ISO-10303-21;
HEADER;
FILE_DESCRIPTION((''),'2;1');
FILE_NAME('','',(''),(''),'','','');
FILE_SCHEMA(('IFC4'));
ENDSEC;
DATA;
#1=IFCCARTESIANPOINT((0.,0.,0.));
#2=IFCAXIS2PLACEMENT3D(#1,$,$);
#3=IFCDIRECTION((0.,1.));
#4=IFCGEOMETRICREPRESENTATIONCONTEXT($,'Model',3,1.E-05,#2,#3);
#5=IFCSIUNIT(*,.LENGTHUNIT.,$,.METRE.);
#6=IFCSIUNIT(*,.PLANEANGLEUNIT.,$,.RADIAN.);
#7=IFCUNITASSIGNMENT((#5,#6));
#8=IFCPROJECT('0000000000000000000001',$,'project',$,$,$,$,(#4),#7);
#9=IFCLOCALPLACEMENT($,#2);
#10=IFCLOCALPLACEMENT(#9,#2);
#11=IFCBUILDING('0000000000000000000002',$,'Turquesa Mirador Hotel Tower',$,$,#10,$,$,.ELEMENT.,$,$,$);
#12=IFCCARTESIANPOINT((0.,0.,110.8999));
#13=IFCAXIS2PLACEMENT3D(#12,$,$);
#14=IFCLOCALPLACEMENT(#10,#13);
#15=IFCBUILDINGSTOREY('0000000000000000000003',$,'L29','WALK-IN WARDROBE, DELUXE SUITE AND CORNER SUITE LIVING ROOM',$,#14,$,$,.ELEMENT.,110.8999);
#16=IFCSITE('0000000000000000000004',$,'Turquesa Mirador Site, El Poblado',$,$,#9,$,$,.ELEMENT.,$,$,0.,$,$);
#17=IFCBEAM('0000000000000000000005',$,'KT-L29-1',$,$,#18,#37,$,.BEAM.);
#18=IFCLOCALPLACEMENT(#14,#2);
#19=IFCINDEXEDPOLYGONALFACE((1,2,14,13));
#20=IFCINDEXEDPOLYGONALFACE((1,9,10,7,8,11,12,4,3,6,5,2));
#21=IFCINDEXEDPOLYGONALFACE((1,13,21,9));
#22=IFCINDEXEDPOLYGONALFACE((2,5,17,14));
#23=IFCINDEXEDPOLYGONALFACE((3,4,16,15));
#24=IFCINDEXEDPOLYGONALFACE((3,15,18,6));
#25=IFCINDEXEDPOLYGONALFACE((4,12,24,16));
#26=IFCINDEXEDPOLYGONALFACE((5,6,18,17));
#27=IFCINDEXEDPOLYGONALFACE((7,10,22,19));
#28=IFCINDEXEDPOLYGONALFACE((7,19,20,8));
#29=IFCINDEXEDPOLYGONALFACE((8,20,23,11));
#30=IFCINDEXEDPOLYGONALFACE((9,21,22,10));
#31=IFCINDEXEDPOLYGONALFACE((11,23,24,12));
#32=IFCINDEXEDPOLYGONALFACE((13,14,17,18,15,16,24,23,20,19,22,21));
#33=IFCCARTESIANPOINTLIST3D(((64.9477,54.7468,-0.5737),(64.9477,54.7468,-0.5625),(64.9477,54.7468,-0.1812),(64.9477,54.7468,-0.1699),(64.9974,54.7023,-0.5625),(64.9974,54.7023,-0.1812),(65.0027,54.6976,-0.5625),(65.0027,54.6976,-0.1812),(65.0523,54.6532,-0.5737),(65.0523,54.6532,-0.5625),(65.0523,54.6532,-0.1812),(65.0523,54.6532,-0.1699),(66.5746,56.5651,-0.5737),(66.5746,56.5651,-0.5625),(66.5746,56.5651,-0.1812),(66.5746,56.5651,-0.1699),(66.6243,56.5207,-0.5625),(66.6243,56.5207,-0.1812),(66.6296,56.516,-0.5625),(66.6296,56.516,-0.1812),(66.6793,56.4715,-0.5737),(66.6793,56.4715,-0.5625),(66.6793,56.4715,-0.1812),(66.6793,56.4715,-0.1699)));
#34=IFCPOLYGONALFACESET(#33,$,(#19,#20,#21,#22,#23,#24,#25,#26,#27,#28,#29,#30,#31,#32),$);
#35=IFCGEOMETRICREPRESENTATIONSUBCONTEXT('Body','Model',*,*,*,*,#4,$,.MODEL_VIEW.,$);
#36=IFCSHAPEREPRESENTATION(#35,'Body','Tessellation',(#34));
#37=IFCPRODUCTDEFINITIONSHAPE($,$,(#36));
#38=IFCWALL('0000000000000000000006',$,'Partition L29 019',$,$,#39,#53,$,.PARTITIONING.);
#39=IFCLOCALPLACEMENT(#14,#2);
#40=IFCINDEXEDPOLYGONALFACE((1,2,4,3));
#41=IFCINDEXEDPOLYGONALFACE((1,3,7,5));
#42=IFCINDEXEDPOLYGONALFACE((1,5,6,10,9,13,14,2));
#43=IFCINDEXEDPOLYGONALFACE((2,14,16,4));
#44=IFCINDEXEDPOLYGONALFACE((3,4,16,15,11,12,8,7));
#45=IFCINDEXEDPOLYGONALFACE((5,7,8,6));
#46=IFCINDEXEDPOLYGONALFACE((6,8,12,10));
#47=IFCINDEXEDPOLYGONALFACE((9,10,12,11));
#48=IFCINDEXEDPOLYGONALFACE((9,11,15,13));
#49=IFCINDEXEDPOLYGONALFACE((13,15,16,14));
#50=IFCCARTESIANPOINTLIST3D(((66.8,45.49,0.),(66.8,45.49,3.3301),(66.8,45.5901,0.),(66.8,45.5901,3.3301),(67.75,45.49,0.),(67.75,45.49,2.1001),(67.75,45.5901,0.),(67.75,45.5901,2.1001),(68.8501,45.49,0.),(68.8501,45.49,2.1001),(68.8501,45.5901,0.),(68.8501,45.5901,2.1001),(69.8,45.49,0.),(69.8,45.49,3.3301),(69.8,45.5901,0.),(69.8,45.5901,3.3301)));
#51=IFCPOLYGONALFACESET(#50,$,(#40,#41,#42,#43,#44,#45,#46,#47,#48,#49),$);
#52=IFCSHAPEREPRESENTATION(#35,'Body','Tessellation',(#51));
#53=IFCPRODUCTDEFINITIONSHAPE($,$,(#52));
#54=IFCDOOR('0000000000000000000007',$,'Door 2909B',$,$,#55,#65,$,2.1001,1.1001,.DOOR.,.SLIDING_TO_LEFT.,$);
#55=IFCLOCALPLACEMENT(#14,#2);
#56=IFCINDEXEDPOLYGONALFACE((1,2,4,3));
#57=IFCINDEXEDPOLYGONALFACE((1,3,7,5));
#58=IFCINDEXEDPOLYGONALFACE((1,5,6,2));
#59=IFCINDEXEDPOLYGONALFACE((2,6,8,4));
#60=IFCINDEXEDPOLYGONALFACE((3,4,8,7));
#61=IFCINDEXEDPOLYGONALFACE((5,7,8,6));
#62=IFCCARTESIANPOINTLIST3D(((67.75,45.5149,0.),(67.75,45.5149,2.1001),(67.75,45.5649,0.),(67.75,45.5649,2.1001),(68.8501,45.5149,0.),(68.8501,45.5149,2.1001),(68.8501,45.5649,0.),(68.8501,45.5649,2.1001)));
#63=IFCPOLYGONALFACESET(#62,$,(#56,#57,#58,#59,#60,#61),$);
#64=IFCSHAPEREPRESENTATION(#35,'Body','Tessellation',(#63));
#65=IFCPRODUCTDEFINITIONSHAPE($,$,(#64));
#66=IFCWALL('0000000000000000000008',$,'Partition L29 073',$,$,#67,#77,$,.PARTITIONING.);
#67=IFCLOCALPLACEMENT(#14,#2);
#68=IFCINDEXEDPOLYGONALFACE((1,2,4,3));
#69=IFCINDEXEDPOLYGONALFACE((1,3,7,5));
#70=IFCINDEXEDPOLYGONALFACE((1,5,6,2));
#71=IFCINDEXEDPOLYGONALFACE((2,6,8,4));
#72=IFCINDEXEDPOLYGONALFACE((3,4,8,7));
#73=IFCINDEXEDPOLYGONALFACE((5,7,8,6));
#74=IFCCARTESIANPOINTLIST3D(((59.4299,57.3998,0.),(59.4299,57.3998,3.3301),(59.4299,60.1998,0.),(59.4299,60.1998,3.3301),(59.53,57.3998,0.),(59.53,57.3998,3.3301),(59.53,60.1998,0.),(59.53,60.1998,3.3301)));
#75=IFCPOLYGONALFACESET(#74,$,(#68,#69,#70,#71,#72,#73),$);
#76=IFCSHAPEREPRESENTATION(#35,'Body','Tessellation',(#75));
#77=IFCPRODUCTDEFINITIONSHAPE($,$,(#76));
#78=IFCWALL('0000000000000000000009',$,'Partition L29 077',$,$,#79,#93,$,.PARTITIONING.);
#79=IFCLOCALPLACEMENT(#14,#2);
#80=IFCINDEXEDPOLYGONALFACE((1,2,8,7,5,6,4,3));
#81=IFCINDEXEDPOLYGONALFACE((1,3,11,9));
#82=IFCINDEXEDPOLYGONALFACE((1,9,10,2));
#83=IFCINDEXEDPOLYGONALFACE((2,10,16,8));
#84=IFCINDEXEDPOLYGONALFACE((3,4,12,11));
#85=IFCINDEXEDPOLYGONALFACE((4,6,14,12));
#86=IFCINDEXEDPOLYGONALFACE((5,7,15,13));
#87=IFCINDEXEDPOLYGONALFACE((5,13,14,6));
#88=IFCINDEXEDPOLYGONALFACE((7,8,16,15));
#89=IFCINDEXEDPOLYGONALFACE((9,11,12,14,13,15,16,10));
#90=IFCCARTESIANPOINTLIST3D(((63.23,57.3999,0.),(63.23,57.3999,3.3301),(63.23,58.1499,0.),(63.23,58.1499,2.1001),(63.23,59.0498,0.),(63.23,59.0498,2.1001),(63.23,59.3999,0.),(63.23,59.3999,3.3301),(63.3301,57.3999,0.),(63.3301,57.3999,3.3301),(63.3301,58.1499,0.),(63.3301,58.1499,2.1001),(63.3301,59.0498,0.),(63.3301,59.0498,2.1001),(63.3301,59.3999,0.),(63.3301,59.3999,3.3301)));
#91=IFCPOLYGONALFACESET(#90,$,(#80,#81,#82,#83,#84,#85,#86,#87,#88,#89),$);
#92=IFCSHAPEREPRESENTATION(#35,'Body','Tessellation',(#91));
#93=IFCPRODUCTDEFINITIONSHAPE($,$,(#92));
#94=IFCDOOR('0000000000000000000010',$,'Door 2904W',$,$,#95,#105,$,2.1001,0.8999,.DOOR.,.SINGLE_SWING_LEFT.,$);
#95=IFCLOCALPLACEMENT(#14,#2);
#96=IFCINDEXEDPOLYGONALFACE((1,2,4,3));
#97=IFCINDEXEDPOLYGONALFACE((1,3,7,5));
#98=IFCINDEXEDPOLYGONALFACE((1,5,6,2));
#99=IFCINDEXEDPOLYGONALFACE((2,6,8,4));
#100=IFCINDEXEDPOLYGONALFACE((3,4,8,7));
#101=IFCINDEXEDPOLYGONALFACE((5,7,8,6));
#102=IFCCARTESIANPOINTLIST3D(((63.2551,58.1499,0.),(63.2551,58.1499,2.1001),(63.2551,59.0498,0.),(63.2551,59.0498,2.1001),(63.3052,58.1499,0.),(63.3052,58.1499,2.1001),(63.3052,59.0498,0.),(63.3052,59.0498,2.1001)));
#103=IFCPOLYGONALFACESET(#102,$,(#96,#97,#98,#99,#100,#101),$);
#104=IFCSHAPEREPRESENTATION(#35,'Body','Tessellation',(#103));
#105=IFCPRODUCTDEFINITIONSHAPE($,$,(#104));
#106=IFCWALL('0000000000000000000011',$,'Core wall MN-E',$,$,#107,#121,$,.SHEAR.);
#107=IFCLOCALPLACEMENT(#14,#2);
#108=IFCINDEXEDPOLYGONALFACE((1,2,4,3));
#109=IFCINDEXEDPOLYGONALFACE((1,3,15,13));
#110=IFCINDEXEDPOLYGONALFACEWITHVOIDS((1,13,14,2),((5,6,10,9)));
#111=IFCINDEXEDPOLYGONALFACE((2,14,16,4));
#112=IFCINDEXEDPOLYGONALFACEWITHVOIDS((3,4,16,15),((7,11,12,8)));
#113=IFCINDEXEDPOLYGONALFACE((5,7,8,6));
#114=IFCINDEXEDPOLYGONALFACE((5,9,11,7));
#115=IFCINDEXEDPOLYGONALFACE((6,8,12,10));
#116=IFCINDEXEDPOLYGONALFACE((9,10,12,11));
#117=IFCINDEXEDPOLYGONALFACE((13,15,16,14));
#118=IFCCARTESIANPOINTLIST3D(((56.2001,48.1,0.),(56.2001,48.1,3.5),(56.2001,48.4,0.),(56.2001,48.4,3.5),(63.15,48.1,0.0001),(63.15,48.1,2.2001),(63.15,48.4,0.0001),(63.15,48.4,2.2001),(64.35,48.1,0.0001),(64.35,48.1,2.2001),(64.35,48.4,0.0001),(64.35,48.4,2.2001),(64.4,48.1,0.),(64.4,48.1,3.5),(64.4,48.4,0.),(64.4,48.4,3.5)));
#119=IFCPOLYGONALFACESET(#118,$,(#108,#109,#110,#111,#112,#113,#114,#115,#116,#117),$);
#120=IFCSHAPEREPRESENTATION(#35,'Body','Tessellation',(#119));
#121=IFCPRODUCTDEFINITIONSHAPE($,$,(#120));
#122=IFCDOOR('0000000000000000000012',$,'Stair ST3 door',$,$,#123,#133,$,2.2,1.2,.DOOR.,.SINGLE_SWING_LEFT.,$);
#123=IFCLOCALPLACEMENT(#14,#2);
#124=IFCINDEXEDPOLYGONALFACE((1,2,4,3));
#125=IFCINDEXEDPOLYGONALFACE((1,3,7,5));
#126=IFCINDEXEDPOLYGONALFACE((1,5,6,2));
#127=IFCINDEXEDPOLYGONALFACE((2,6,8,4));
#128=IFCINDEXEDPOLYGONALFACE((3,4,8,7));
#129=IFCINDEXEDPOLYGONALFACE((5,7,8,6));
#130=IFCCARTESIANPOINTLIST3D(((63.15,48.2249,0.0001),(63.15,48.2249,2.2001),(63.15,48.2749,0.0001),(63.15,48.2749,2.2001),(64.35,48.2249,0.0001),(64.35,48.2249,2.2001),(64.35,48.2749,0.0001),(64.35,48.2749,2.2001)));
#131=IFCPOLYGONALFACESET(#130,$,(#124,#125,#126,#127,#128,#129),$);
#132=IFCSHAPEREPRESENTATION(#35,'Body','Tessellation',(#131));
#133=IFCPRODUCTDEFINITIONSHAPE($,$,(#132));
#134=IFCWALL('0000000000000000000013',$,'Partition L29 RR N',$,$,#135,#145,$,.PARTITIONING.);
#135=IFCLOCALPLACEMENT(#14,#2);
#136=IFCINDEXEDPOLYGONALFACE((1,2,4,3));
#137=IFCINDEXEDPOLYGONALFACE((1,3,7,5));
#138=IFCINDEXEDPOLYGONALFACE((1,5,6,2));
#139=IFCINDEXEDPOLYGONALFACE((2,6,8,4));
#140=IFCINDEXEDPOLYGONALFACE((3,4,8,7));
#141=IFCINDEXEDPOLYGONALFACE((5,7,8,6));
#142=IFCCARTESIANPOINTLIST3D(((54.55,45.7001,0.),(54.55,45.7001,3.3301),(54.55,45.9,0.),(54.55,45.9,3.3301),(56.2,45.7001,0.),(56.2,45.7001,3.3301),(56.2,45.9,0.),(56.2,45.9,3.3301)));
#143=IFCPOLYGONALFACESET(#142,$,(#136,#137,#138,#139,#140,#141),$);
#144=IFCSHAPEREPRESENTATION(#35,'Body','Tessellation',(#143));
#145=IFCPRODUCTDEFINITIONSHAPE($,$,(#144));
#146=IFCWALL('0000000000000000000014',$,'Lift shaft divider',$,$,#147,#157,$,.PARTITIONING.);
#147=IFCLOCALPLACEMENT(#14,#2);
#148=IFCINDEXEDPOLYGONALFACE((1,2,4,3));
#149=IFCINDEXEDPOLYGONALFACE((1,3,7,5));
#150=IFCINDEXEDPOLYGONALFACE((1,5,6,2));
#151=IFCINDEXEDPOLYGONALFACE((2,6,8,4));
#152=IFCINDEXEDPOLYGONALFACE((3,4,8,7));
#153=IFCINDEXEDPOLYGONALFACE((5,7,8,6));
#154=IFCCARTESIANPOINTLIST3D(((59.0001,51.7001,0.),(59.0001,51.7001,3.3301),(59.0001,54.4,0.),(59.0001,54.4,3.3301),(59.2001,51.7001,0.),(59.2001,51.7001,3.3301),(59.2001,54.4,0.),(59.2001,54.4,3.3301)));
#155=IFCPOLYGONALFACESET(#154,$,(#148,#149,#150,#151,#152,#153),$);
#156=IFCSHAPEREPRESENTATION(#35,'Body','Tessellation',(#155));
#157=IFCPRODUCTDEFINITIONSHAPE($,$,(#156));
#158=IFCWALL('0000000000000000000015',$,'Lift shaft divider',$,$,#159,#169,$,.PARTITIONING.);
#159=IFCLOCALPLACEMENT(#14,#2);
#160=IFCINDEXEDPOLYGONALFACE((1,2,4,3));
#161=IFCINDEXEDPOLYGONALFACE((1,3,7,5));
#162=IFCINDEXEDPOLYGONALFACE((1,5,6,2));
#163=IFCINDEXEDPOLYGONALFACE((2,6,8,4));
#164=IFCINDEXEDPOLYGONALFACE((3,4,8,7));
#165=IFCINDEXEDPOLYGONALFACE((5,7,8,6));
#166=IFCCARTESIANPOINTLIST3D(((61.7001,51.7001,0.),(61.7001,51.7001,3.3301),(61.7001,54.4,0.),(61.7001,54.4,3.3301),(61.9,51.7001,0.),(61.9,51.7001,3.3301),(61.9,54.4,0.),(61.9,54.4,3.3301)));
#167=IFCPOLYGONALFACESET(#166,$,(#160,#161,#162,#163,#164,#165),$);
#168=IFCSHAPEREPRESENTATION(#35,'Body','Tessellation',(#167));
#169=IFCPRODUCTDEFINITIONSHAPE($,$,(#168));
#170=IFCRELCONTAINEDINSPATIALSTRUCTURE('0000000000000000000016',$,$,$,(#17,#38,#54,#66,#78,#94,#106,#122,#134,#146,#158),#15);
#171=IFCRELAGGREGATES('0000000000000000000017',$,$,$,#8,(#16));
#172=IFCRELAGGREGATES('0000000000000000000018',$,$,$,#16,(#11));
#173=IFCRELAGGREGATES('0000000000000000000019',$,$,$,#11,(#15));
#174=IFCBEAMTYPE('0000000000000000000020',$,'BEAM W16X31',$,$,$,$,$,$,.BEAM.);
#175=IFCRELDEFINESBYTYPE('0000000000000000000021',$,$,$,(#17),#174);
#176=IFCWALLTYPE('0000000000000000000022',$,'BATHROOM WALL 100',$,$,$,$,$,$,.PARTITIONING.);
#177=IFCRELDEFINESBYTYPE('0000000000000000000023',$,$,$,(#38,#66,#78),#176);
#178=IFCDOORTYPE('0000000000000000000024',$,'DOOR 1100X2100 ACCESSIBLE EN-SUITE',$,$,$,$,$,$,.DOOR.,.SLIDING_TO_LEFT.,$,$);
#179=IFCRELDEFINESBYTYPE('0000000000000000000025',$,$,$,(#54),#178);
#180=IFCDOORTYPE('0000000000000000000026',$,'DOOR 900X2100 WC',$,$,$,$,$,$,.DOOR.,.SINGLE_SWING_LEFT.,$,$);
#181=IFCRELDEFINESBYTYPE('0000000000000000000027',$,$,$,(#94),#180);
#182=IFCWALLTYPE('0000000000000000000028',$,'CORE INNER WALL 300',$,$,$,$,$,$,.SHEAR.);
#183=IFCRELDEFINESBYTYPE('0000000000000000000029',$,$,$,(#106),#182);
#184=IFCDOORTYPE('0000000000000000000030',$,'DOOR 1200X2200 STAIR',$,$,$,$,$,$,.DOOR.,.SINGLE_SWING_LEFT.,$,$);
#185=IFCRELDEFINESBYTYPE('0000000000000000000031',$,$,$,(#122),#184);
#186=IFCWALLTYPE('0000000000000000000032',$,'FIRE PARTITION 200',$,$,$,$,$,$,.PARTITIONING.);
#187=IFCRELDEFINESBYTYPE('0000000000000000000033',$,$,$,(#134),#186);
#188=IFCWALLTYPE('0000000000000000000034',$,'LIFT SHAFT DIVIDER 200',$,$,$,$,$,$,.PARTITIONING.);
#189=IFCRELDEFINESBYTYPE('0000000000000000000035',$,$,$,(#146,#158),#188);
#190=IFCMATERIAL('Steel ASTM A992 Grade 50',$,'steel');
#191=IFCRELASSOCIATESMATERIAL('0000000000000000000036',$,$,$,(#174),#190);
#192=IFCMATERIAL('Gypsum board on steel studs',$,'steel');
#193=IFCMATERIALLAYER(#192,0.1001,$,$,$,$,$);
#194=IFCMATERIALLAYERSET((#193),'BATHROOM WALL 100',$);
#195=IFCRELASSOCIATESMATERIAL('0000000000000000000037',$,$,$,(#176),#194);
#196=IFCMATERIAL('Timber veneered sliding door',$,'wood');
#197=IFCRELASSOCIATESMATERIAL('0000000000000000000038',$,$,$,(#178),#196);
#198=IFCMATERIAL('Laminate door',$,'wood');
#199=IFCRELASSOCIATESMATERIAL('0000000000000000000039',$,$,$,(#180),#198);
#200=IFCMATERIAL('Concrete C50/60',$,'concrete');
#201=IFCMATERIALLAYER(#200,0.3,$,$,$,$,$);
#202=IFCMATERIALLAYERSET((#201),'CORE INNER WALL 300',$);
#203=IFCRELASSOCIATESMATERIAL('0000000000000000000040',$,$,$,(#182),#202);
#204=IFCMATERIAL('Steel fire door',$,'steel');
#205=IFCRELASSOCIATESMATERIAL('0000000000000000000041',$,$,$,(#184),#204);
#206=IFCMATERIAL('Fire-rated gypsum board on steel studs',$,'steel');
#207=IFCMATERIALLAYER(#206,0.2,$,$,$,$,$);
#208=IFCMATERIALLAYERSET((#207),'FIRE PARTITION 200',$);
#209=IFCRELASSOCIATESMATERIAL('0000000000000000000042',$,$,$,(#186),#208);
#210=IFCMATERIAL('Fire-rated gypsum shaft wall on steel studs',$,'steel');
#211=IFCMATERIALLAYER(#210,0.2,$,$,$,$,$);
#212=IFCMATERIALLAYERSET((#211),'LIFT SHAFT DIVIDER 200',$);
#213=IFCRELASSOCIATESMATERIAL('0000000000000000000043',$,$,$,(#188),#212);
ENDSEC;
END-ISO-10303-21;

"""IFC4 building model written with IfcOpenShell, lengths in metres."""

from ifc_helpers import new_model, si_unit, direction, frame, frame_2d, origin, origin_2d, place, context, subcontext, project, spatial, rectangle, i_section, extrude, material, layer, layer_set, material_profile, profile_set, type_object, element, fill, save


model = new_model("IFC4")

# Units and contexts
model_context = context("Model", 3, precision=1e-05, world=origin(), true_north=direction((0.0, 1.0)))
body_context = subcontext(model_context, "Body", "Model", "MODEL_VIEW")
ifc_project = project(units=[si_unit("LENGTHUNIT", "METRE"), si_unit("PLANEANGLEUNIT", "RADIAN")], contexts=[model_context])

# Site, building, storey
site_placement = place(None, origin())
site = spatial("IfcSite", under=ifc_project, at=site_placement, Name="Turquesa Mirador Site, El Poblado", CompositionType="ELEMENT", RefElevation=0.0)
building_placement = place(site_placement, origin())
building = spatial("IfcBuilding", under=site, at=building_placement, Name="Turquesa Mirador Hotel Tower", CompositionType="ELEMENT")
storey_placement = place(building_placement, frame((0.0, 0.0, 110.8999)))
storey = spatial("IfcBuildingStorey", under=building, at=storey_placement, Name="L29", Description="WALK-IN WARDROBE, DELUXE SUITE AND CORNER SUITE LIVING ROOM", CompositionType="ELEMENT", Elevation=110.8999)

# Beam
ifc_material_1 = material(Name="Steel ASTM A992 Grade 50", Category="steel")
ifc_material_profile = material_profile(ifc_material_1, i_section(OverallWidth=0.1404, OverallDepth=0.4038, WebThickness=0.0071, FlangeThickness=0.0112, at=origin_2d()), Name="W16X31")
ifc_profile_set = profile_set([ifc_material_profile], Name="Steel ASTM A992 Grade 50")
beam_type = type_object("IfcBeamType", Name="BEAM W16X31", PredefinedType="BEAM", material=ifc_profile_set)
beam_placement = place(storey_placement, frame((66.627, 56.5183, -0.3718), z_axis=(-0.666795, -0.745241, 0.0), x_axis=(0.745241, -0.666795, 0.0)))
element("IfcBeam", 1, at=beam_placement, inside=storey, type_object=beam_type, Name="KT-L29-1", PredefinedType="BEAM", context=body_context, shape_type="SweptSolid", body=[
    extrude(i_section(OverallWidth=0.1404, OverallDepth=0.4038, WebThickness=0.0071, FlangeThickness=0.0112, at=origin_2d()), origin(), (0.0, 0.0, 1.0), 2.4399),
])

# Wall, opening, door
ifc_material_2 = material(Name="Gypsum board on steel studs", Category="steel")
ifc_layer_1 = layer(ifc_material_2, 0.1001)
ifc_layer_set_1 = layer_set([ifc_layer_1], Name="BATHROOM WALL 100")
wall_type_1 = type_object("IfcWallType", Name="BATHROOM WALL 100", PredefinedType="PARTITIONING", material=ifc_layer_set_1)
wall_1_placement = place(storey_placement, frame((66.8, 45.54, 0.0), z_axis=(0.0, 0.0, 1.0), x_axis=(1.0, 0.0, 0.0)))
wall_1 = element("IfcWall", 2, at=wall_1_placement, inside=storey, type_object=wall_type_1, Name="Partition L29 019", PredefinedType="PARTITIONING", context=body_context, shape_type="SweptSolid", body=[
    extrude(rectangle(XDim=3.0, YDim=0.1001, at=frame_2d((1.5, 0.0))), origin(), (0.0, 0.0, 1.0), 3.3301),
])
opening_1_placement = place(wall_1_placement, frame((0.95, 0.0, 0.0)))
opening_1 = element("IfcOpeningElement", 3, at=opening_1_placement, cuts=wall_1, PredefinedType="OPENING", context=body_context, shape_type="SweptSolid", body=[
    extrude(rectangle(XDim=1.1001, YDim=2.1001, at=frame_2d((0.55, 1.05))), frame((0.0, 0.0601, 0.0), z_axis=(0.0, -1.0, 0.0), x_axis=(1.0, 0.0, 0.0)), (0.0, 0.0, 1.0), 0.1201),
])
ifc_material_3 = material(Name="Timber veneered sliding door", Category="wood")
door_type_1 = type_object("IfcDoorType", Name="DOOR 1100X2100 ACCESSIBLE EN-SUITE", OperationType="SLIDING_TO_LEFT", PredefinedType="DOOR", material=ifc_material_3)
door_1_placement = place(opening_1_placement, origin())
door_1 = element("IfcDoor", 4, at=door_1_placement, inside=storey, type_object=door_type_1, Name="Door 2909B", OperationType="SLIDING_TO_LEFT", OverallHeight=2.1001, OverallWidth=1.1001, PredefinedType="DOOR", context=body_context, shape_type="SweptSolid", body=[
    extrude(rectangle(XDim=1.1001, YDim=2.1001, at=frame_2d((0.55, 1.05))), frame((0.0, 0.0249, 0.0), z_axis=(0.0, -1.0, 0.0), x_axis=(1.0, 0.0, 0.0)), (0.0, 0.0, 1.0), 0.05),
])
fill(opening_1, door_1)

# Wall
wall_2_placement = place(storey_placement, frame((59.48, 57.3999, 0.0), z_axis=(0.0, 0.0, 1.0), x_axis=(0.0, 1.0, 0.0)))
element("IfcWall", 5, at=wall_2_placement, inside=storey, type_object=wall_type_1, Name="Partition L29 073", PredefinedType="PARTITIONING", context=body_context, shape_type="SweptSolid", body=[
    extrude(rectangle(XDim=2.8, YDim=0.1001, at=frame_2d((1.3999, 0.0))), origin(), (0.0, 0.0, 1.0), 3.3301),
])

# Walls, openings, doors
wall_3_placement = place(storey_placement, frame((63.28, 57.3999, 0.0), z_axis=(0.0, 0.0, 1.0), x_axis=(0.0, 1.0, 0.0)))
wall_3 = element("IfcWall", 6, at=wall_3_placement, inside=storey, type_object=wall_type_1, Name="Partition L29 077", PredefinedType="PARTITIONING", context=body_context, shape_type="SweptSolid", body=[
    extrude(rectangle(XDim=2.0, YDim=0.1001, at=frame_2d((1.0, 0.0))), origin(), (0.0, 0.0, 1.0), 3.3301),
])
opening_2_placement = place(wall_3_placement, frame((0.75, 0.0, 0.0)))
opening_2 = element("IfcOpeningElement", 7, at=opening_2_placement, cuts=wall_3, PredefinedType="OPENING", context=body_context, shape_type="SweptSolid", body=[
    extrude(rectangle(XDim=0.8999, YDim=2.1001, at=frame_2d((0.45, 1.05))), frame((0.0, 0.0601, 0.0), z_axis=(0.0, -1.0, 0.0), x_axis=(1.0, 0.0, 0.0)), (0.0, 0.0, 1.0), 0.1201),
])
ifc_material_4 = material(Name="Laminate door", Category="wood")
door_type_2 = type_object("IfcDoorType", Name="DOOR 900X2100 WC", OperationType="SINGLE_SWING_LEFT", PredefinedType="DOOR", material=ifc_material_4)
door_2_placement = place(opening_2_placement, origin())
door_2 = element("IfcDoor", 8, at=door_2_placement, inside=storey, type_object=door_type_2, Name="Door 2904W", OperationType="SINGLE_SWING_LEFT", OverallHeight=2.1001, OverallWidth=0.8999, PredefinedType="DOOR", context=body_context, shape_type="SweptSolid", body=[
    extrude(rectangle(XDim=0.8999, YDim=2.1001, at=frame_2d((0.45, 1.05))), frame((0.0, 0.0249, 0.0), z_axis=(0.0, -1.0, 0.0), x_axis=(1.0, 0.0, 0.0)), (0.0, 0.0, 1.0), 0.05),
])
fill(opening_2, door_2)
ifc_material_5 = material(Name="Concrete C50/60", Category="concrete")
ifc_layer_2 = layer(ifc_material_5, 0.3)
ifc_layer_set_2 = layer_set([ifc_layer_2], Name="CORE INNER WALL 300")
wall_type_2 = type_object("IfcWallType", Name="CORE INNER WALL 300", PredefinedType="SHEAR", material=ifc_layer_set_2)
wall_4_placement = place(storey_placement, frame((56.2, 48.25, 0.0), z_axis=(0.0, 0.0, 1.0), x_axis=(1.0, 0.0, 0.0)))
wall_4 = element("IfcWall", 9, at=wall_4_placement, inside=storey, type_object=wall_type_2, Name="Core wall MN-E", PredefinedType="SHEAR", context=body_context, shape_type="SweptSolid", body=[
    extrude(rectangle(XDim=8.2, YDim=0.3, at=frame_2d((4.1001, 0.0))), origin(), (0.0, 0.0, 1.0), 3.5),
])
opening_3_placement = place(wall_4_placement, frame((6.95, 0.0, 0.0)))
opening_3 = element("IfcOpeningElement", 10, at=opening_3_placement, cuts=wall_4, PredefinedType="OPENING", context=body_context, shape_type="SweptSolid", body=[
    extrude(rectangle(XDim=1.2, YDim=2.2, at=frame_2d((0.6001, 1.1001))), frame((0.0, 0.1599, 0.0), z_axis=(0.0, -1.0, 0.0), x_axis=(1.0, 0.0, 0.0)), (0.0, 0.0, 1.0), 0.3201),
])
ifc_material_6 = material(Name="Steel fire door", Category="steel")
door_type_3 = type_object("IfcDoorType", Name="DOOR 1200X2200 STAIR", OperationType="SINGLE_SWING_LEFT", PredefinedType="DOOR", material=ifc_material_6)
door_3_placement = place(opening_3_placement, origin())
door_3 = element("IfcDoor", 11, at=door_3_placement, inside=storey, type_object=door_type_3, Name="Stair ST3 door", OperationType="SINGLE_SWING_LEFT", OverallHeight=2.2, OverallWidth=1.2, PredefinedType="DOOR", context=body_context, shape_type="SweptSolid", body=[
    extrude(rectangle(XDim=1.2, YDim=2.2, at=frame_2d((0.6001, 1.1001))), frame((0.0, 0.0249, 0.0), z_axis=(0.0, -1.0, 0.0), x_axis=(1.0, 0.0, 0.0)), (0.0, 0.0, 1.0), 0.05),
])
fill(opening_3, door_3)

# Walls
ifc_material_7 = material(Name="Fire-rated gypsum board on steel studs", Category="steel")
ifc_layer_3 = layer(ifc_material_7, 0.2)
ifc_layer_set_3 = layer_set([ifc_layer_3], Name="FIRE PARTITION 200")
wall_type_3 = type_object("IfcWallType", Name="FIRE PARTITION 200", PredefinedType="PARTITIONING", material=ifc_layer_set_3)
wall_5_placement = place(storey_placement, frame((54.55, 45.8, 0.0), z_axis=(0.0, 0.0, 1.0), x_axis=(1.0, 0.0, 0.0)))
element("IfcWall", 12, at=wall_5_placement, inside=storey, type_object=wall_type_3, Name="Partition L29 RR N", PredefinedType="PARTITIONING", context=body_context, shape_type="SweptSolid", body=[
    extrude(rectangle(XDim=1.6499, YDim=0.2, at=frame_2d((0.825, 0.0))), origin(), (0.0, 0.0, 1.0), 3.3301),
])
ifc_material_8 = material(Name="Fire-rated gypsum shaft wall on steel studs", Category="steel")
ifc_layer_4 = layer(ifc_material_8, 0.2)
ifc_layer_set_4 = layer_set([ifc_layer_4], Name="LIFT SHAFT DIVIDER 200")
wall_type_4 = type_object("IfcWallType", Name="LIFT SHAFT DIVIDER 200", PredefinedType="PARTITIONING", material=ifc_layer_set_4)
for number, where, z_axis, x_axis, name in (
    (13, (59.1001, 51.7, 0.0), (0.0, 0.0, 1.0), (0.0, 1.0, 0.0), "Lift shaft divider"),
    (14, (61.8, 51.7, 0.0), (0.0, 0.0, 1.0), (0.0, 1.0, 0.0), "Lift shaft divider"),
):
    element("IfcWall", number, at=place(storey_placement, frame(where, z_axis=z_axis, x_axis=x_axis)), inside=storey, type_object=wall_type_4, Name=name, PredefinedType="PARTITIONING", context=body_context, shape_type="SweptSolid", body=[
        extrude(rectangle(XDim=2.7, YDim=0.2, at=frame_2d((1.3501, 0.0))), origin(), (0.0, 0.0, 1.0), 3.3301),
    ])

save(model, "model.ifc")
